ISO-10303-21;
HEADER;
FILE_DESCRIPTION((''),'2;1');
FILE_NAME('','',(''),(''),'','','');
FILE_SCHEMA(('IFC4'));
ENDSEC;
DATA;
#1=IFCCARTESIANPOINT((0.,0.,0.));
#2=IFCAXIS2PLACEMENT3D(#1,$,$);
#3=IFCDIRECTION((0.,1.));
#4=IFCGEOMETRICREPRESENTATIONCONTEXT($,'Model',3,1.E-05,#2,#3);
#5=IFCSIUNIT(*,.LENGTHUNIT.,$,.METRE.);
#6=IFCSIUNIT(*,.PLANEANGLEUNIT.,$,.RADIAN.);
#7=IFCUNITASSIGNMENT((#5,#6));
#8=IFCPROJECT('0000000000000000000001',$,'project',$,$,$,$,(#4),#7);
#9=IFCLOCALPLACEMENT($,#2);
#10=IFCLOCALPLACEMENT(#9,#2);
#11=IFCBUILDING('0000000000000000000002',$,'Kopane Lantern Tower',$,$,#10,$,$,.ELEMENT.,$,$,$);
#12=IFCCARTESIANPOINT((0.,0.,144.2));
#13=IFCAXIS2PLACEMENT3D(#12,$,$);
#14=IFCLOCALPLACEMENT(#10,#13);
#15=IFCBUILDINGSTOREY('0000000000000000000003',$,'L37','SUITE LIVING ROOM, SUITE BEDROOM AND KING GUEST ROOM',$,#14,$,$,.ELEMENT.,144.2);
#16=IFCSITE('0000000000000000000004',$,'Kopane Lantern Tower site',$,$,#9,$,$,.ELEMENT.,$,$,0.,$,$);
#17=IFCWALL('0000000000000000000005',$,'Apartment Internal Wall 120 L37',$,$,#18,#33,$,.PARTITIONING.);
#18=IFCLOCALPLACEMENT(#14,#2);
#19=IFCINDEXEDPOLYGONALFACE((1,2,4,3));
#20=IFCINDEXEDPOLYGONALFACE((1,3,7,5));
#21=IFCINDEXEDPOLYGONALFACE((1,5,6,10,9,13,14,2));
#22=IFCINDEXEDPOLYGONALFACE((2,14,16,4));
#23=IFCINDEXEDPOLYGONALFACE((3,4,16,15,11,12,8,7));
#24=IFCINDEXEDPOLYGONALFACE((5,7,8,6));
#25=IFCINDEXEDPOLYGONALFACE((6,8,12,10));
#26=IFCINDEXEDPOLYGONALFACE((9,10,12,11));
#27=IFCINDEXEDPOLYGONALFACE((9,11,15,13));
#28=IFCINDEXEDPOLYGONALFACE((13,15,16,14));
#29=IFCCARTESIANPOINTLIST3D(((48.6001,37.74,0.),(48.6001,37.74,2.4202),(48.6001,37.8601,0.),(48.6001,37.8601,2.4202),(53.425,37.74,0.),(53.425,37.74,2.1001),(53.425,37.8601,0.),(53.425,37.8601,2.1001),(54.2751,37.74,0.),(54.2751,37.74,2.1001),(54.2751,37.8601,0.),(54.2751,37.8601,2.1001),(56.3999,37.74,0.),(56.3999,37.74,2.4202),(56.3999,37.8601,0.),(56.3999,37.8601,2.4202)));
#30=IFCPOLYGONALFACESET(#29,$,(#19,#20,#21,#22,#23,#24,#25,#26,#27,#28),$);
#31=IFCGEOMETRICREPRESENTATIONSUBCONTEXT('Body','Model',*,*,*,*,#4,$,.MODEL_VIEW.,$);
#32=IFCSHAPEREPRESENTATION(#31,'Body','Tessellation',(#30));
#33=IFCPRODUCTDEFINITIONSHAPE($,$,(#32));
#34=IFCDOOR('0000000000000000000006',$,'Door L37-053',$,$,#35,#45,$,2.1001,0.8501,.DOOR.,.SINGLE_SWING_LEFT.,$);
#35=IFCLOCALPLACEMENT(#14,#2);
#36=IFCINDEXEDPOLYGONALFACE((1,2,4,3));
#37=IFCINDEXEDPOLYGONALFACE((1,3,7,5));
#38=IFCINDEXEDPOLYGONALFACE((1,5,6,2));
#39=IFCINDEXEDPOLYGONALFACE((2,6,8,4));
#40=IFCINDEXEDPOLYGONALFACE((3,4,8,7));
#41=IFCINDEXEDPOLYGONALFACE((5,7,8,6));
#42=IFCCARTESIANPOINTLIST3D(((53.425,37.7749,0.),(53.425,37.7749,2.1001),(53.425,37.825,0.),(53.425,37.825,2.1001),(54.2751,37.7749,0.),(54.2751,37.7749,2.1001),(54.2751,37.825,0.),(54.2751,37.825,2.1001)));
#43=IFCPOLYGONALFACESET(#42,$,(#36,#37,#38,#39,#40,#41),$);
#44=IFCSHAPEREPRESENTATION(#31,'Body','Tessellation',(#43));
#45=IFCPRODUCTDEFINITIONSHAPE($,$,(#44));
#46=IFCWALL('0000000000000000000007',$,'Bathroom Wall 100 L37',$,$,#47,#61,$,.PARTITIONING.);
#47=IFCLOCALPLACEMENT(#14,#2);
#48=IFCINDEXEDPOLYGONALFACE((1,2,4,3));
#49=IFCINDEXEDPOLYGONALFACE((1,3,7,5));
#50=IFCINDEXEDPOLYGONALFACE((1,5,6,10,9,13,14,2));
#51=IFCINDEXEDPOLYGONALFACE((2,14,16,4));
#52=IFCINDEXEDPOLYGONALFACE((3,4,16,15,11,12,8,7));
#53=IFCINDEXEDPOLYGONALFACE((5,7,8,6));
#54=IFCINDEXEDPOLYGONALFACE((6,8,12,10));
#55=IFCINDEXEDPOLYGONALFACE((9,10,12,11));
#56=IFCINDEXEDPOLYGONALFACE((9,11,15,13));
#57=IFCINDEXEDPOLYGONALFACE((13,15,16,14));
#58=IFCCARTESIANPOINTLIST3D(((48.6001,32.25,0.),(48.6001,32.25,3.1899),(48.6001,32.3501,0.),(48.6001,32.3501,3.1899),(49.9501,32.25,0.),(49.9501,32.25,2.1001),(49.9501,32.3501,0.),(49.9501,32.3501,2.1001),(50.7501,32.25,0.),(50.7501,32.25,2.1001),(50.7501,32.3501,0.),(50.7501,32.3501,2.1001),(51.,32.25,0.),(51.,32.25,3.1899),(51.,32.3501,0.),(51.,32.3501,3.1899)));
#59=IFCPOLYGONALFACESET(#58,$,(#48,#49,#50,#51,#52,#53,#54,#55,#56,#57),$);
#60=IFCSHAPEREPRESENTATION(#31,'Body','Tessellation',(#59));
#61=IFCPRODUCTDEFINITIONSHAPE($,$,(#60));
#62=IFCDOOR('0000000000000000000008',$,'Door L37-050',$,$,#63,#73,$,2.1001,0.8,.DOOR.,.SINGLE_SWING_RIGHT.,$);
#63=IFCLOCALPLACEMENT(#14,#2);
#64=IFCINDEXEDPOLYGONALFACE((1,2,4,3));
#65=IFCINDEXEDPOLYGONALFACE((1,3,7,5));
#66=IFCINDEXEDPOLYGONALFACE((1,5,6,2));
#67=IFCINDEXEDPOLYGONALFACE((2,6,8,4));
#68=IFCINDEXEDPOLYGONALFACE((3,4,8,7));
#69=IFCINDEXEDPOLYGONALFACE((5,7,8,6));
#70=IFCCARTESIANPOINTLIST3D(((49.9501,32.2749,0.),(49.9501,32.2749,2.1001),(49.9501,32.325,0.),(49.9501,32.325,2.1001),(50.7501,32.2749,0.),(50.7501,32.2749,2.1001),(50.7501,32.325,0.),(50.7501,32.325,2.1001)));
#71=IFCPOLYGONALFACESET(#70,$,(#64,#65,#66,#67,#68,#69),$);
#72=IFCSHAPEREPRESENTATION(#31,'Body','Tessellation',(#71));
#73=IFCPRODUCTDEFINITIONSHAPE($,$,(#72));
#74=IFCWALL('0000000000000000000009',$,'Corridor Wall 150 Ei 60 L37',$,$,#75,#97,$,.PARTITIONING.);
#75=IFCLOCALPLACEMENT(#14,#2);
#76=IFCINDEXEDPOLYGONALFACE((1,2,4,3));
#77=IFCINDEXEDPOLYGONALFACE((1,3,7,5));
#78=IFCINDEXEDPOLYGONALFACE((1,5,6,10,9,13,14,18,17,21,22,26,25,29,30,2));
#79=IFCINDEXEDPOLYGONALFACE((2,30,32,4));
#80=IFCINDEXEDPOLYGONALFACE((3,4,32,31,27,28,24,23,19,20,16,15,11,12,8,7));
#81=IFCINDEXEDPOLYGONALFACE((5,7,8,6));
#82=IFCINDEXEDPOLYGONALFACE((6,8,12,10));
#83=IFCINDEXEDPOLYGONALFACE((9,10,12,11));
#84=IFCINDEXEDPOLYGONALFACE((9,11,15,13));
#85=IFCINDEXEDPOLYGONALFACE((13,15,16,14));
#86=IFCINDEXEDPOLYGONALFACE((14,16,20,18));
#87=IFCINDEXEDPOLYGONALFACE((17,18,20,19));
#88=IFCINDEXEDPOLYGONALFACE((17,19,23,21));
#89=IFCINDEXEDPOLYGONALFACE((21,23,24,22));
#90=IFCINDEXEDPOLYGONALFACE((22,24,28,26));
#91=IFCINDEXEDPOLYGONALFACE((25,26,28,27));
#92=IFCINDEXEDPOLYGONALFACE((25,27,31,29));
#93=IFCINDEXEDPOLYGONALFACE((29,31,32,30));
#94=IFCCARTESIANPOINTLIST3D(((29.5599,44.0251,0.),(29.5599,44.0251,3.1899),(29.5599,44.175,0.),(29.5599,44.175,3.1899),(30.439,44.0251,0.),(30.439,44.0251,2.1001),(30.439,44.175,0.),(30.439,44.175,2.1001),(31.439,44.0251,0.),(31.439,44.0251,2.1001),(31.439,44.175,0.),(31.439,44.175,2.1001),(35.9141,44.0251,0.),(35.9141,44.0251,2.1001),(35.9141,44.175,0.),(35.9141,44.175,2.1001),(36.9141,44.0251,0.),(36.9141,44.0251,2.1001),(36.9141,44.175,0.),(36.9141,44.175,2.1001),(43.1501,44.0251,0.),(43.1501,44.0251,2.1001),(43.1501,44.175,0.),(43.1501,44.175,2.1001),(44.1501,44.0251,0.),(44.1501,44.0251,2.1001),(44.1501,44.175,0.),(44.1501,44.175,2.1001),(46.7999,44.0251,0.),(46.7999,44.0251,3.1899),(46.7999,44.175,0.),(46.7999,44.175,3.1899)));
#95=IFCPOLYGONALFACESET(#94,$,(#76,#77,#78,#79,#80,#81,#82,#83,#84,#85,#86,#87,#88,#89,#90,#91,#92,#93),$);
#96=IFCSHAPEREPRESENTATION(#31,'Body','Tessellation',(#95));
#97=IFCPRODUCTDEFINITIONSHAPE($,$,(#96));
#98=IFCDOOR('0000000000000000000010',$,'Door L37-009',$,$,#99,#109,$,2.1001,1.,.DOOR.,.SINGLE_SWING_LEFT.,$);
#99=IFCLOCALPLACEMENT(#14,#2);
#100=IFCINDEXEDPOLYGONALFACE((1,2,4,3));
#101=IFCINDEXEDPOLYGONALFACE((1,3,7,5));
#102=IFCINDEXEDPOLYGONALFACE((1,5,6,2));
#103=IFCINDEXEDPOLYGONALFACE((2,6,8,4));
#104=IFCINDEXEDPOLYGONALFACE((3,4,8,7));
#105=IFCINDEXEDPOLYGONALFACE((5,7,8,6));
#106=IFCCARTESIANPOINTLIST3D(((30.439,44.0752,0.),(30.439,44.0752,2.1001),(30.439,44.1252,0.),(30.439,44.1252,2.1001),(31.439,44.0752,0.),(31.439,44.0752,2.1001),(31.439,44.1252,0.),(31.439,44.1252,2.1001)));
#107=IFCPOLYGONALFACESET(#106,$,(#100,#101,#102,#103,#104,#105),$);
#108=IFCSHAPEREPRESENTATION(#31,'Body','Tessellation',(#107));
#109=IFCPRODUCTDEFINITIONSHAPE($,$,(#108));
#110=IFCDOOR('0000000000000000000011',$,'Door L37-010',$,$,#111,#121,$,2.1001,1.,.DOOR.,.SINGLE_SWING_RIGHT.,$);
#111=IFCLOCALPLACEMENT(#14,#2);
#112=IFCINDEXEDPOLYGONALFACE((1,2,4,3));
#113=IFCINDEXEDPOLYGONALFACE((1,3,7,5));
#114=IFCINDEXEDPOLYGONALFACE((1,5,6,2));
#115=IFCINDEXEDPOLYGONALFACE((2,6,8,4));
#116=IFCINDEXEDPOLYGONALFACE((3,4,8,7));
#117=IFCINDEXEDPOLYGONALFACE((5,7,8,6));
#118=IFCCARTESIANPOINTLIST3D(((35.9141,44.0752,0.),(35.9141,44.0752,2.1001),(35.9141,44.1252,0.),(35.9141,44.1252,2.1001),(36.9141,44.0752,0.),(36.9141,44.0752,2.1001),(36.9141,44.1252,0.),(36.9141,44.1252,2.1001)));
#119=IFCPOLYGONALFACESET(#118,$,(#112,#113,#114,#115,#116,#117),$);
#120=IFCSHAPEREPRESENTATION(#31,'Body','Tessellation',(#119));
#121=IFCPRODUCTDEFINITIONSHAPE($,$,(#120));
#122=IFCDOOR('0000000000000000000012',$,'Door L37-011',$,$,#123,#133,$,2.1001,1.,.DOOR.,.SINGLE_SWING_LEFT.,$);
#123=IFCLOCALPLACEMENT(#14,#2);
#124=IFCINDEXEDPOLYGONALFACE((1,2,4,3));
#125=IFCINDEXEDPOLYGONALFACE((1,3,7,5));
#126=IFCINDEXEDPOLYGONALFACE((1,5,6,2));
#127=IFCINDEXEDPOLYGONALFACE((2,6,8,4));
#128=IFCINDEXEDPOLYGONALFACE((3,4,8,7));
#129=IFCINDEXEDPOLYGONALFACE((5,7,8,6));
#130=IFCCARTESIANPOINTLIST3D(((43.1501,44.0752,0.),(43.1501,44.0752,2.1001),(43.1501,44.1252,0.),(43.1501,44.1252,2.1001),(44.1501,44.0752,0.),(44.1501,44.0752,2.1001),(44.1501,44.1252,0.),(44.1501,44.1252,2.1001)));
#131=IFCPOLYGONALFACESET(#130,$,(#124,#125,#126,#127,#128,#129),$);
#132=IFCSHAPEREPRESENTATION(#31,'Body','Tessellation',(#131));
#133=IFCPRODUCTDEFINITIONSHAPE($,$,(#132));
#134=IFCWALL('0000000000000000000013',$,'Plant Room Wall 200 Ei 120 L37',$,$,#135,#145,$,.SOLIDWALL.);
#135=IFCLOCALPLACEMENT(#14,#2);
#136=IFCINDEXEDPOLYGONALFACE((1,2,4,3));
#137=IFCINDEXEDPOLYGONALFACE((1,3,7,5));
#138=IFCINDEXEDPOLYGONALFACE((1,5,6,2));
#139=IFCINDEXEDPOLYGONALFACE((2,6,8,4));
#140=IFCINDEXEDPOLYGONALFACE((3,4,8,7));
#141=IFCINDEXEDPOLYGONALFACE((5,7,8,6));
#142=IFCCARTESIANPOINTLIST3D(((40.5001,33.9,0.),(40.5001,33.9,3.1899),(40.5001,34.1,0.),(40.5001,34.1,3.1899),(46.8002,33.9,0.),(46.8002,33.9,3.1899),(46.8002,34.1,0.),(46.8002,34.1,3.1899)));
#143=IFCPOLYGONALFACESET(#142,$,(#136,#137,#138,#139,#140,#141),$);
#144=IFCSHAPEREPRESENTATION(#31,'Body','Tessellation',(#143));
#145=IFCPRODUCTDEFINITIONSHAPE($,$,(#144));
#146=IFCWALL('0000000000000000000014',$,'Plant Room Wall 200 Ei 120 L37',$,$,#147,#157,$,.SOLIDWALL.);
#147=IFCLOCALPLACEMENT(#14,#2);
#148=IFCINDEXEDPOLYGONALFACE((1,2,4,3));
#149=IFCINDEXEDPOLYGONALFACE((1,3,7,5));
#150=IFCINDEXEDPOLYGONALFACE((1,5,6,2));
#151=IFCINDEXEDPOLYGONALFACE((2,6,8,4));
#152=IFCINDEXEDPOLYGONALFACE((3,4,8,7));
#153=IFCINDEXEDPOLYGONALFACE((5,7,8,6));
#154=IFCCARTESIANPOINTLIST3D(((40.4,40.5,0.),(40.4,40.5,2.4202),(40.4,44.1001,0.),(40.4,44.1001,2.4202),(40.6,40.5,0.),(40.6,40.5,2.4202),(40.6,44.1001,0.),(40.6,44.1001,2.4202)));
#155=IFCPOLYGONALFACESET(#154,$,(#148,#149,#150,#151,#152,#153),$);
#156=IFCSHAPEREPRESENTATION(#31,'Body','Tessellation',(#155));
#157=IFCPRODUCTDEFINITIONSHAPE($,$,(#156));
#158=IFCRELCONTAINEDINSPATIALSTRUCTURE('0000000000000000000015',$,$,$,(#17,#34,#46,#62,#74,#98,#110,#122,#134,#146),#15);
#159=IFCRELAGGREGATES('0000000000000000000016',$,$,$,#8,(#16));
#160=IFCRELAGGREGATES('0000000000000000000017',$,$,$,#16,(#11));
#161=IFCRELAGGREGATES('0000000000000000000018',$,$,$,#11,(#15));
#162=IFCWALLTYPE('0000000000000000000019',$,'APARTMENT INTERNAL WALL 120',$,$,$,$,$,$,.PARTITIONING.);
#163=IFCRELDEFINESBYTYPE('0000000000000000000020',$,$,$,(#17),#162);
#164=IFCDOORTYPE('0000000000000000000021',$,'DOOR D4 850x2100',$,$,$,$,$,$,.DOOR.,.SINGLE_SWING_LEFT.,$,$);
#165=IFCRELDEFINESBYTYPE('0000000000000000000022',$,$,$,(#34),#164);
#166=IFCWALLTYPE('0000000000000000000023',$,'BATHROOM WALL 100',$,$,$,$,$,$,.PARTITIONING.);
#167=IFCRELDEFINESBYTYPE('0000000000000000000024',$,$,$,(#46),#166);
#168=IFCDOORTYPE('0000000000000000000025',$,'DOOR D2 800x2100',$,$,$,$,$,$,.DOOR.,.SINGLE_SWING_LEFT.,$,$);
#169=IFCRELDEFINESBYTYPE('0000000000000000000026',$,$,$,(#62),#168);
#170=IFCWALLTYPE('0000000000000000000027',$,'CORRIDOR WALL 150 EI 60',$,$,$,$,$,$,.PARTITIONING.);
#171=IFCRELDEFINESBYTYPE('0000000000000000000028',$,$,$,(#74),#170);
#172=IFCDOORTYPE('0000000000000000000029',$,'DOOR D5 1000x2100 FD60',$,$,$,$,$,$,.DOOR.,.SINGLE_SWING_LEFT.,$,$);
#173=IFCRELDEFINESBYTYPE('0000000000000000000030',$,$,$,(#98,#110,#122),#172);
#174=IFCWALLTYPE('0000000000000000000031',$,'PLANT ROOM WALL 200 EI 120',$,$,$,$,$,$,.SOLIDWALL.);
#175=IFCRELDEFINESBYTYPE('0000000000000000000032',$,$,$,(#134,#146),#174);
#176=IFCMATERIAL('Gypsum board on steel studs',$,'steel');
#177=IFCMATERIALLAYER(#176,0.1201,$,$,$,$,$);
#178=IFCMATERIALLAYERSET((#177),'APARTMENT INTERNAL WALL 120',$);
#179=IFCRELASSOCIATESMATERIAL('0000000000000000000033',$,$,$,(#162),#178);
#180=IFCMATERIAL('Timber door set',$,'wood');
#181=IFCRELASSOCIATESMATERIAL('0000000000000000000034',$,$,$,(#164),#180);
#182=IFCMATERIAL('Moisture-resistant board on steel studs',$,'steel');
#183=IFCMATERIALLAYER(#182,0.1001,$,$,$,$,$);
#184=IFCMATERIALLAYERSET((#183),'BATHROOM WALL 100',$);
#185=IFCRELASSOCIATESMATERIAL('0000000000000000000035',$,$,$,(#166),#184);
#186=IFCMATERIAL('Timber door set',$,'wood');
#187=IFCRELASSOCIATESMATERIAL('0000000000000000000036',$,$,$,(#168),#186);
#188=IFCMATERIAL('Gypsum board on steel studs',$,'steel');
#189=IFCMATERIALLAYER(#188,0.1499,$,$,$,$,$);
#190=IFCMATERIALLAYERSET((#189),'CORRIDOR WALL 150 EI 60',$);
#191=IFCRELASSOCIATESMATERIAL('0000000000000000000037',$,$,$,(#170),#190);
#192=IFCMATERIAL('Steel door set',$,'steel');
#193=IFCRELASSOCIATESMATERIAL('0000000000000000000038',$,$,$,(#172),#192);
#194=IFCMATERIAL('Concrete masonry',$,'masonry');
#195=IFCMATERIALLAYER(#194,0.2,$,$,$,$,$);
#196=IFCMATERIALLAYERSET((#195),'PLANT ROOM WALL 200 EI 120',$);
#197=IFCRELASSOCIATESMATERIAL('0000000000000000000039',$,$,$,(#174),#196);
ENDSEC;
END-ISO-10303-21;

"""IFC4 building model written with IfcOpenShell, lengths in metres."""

from ifc_helpers import new_model, si_unit, direction, frame, frame_2d, origin, place, context, subcontext, project, spatial, rectangle, extrude, material, layer, layer_set, type_object, element, fill, save


model = new_model("IFC4")

# Units and contexts
model_context = context("Model", 3, precision=1e-05, world=origin(), true_north=direction((0.0, 1.0)))
body_context = subcontext(model_context, "Body", "Model", "MODEL_VIEW")
ifc_project = project(units=[si_unit("LENGTHUNIT", "METRE"), si_unit("PLANEANGLEUNIT", "RADIAN")], contexts=[model_context])

# Site, building, storey
site_placement = place(None, origin())
site = spatial("IfcSite", under=ifc_project, at=site_placement, Name="Kopane Lantern Tower site", CompositionType="ELEMENT", RefElevation=0.0)
building_placement = place(site_placement, origin())
building = spatial("IfcBuilding", under=site, at=building_placement, Name="Kopane Lantern Tower", CompositionType="ELEMENT")
storey_placement = place(building_placement, frame((0.0, 0.0, 144.2)))
storey = spatial("IfcBuildingStorey", under=building, at=storey_placement, Name="L37", Description="SUITE LIVING ROOM, SUITE BEDROOM AND KING GUEST ROOM", CompositionType="ELEMENT", Elevation=144.2)

# Walls, openings, doors
ifc_material_1 = material(Name="Gypsum board on steel studs", Category="steel")
ifc_layer_1 = layer(ifc_material_1, 0.1201)
ifc_layer_set_1 = layer_set([ifc_layer_1], Name="APARTMENT INTERNAL WALL 120")
wall_type_1 = type_object("IfcWallType", Name="APARTMENT INTERNAL WALL 120", PredefinedType="PARTITIONING", material=ifc_layer_set_1)
ifc_material_2 = material(Name="Timber door set", Category="wood")
door_type_1 = type_object("IfcDoorType", Name="DOOR D4 850x2100", OperationType="SINGLE_SWING_LEFT", PredefinedType="DOOR", material=ifc_material_2)
wall_1_placement = place(storey_placement, frame((48.6001, 37.8, 0.0), z_axis=(0.0, 0.0, 1.0), x_axis=(1.0, 0.0, 0.0)))
wall_1 = element("IfcWall", 1, at=wall_1_placement, inside=storey, type_object=wall_type_1, Name="Apartment Internal Wall 120 L37", PredefinedType="PARTITIONING", context=body_context, shape_type="SweptSolid", body=[
    extrude(rectangle(XDim=7.7998, YDim=0.1201, at=frame_2d((3.8999, 0.0))), origin(), (0.0, 0.0, 1.0), 2.4202),
])
opening_1_placement = place(wall_1_placement, frame((4.825, 0.0, 0.0)))
opening_1 = element("IfcOpeningElement", 2, at=opening_1_placement, cuts=wall_1, PredefinedType="OPENING", context=body_context, shape_type="SweptSolid", body=[
    extrude(rectangle(XDim=0.8501, YDim=2.1001, at=frame_2d((0.425, 1.05))), frame((0.0, 0.0701, 0.0), z_axis=(0.0, -1.0, 0.0), x_axis=(1.0, 0.0, 0.0)), (0.0, 0.0, 1.0), 0.1401),
])
door_1_placement = place(opening_1_placement, origin())
door_1 = element("IfcDoor", 3, at=door_1_placement, inside=storey, type_object=door_type_1, Name="Door L37-053", OperationType="SINGLE_SWING_LEFT", OverallHeight=2.1001, OverallWidth=0.8501, PredefinedType="DOOR", context=body_context, shape_type="SweptSolid", body=[
    extrude(rectangle(XDim=0.8501, YDim=2.1001, at=frame_2d((0.425, 1.05))), frame((0.0, 0.0249, 0.0), z_axis=(0.0, -1.0, 0.0), x_axis=(1.0, 0.0, 0.0)), (0.0, 0.0, 1.0), 0.05),
])
fill(opening_1, door_1)
ifc_material_3 = material(Name="Moisture-resistant board on steel studs", Category="steel")
ifc_layer_2 = layer(ifc_material_3, 0.1001)
ifc_layer_set_2 = layer_set([ifc_layer_2], Name="BATHROOM WALL 100")
wall_type_2 = type_object("IfcWallType", Name="BATHROOM WALL 100", PredefinedType="PARTITIONING", material=ifc_layer_set_2)
wall_2_placement = place(storey_placement, frame((48.6001, 32.3, 0.0), z_axis=(0.0, 0.0, 1.0), x_axis=(1.0, 0.0, 0.0)))
wall_2 = element("IfcWall", 4, at=wall_2_placement, inside=storey, type_object=wall_type_2, Name="Bathroom Wall 100 L37", PredefinedType="PARTITIONING", context=body_context, shape_type="SweptSolid", body=[
    extrude(rectangle(XDim=2.3999, YDim=0.1001, at=frame_2d((1.2, 0.0))), origin(), (0.0, 0.0, 1.0), 3.1899),
])
opening_2_placement = place(wall_2_placement, frame((1.3501, 0.0, 0.0)))
opening_2 = element("IfcOpeningElement", 5, at=opening_2_placement, cuts=wall_2, PredefinedType="OPENING", context=body_context, shape_type="SweptSolid", body=[
    extrude(rectangle(XDim=0.8, YDim=2.1001, at=frame_2d((0.3999, 1.05))), frame((0.0, 0.0601, 0.0), z_axis=(0.0, -1.0, 0.0), x_axis=(1.0, 0.0, 0.0)), (0.0, 0.0, 1.0), 0.1201),
])
ifc_material_4 = material(Name="Timber door set", Category="wood")
door_type_2 = type_object("IfcDoorType", Name="DOOR D2 800x2100", OperationType="SINGLE_SWING_LEFT", PredefinedType="DOOR", material=ifc_material_4)
door_2_placement = place(opening_2_placement, origin())
door_2 = element("IfcDoor", 6, at=door_2_placement, inside=storey, type_object=door_type_2, Name="Door L37-050", OperationType="SINGLE_SWING_RIGHT", OverallHeight=2.1001, OverallWidth=0.8, PredefinedType="DOOR", context=body_context, shape_type="SweptSolid", body=[
    extrude(rectangle(XDim=0.8, YDim=2.1001, at=frame_2d((0.3999, 1.05))), frame((0.0, 0.0249, 0.0), z_axis=(0.0, -1.0, 0.0), x_axis=(1.0, 0.0, 0.0)), (0.0, 0.0, 1.0), 0.05),
])
fill(opening_2, door_2)

# Wall, openings, doors
ifc_material_5 = material(Name="Gypsum board on steel studs", Category="steel")
ifc_layer_3 = layer(ifc_material_5, 0.1499)
ifc_layer_set_3 = layer_set([ifc_layer_3], Name="CORRIDOR WALL 150 EI 60")
wall_type_3 = type_object("IfcWallType", Name="CORRIDOR WALL 150 EI 60", PredefinedType="PARTITIONING", material=ifc_layer_set_3)
wall_3_placement = place(storey_placement, frame((46.8, 44.1001, 0.0), z_axis=(0.0, 0.0, 1.0), x_axis=(-1.0, 0.0, 0.0)))
wall_3 = element("IfcWall", 7, at=wall_3_placement, inside=storey, type_object=wall_type_3, Name="Corridor Wall 150 Ei 60 L37", PredefinedType="PARTITIONING", context=body_context, shape_type="SweptSolid", body=[
    extrude(rectangle(XDim=17.24, YDim=0.1499, at=frame_2d((8.6201, 0.0))), origin(), (0.0, 0.0, 1.0), 3.1899),
])
opening_3_placement = place(wall_3_placement, frame((15.3611, 0.0, 0.0)))
opening_3 = element("IfcOpeningElement", 8, at=opening_3_placement, cuts=wall_3, PredefinedType="OPENING", context=body_context, shape_type="SweptSolid", body=[
    extrude(rectangle(XDim=1.0, YDim=2.1001, at=frame_2d((0.5, 1.05))), frame((0.0, 0.085, 0.0), z_axis=(0.0, -1.0, 0.0), x_axis=(1.0, 0.0, 0.0)), (0.0, 0.0, 1.0), 0.1699),
])
opening_4_placement = place(wall_3_placement, frame((9.886, 0.0, 0.0)))
opening_4 = element("IfcOpeningElement", 9, at=opening_4_placement, cuts=wall_3, PredefinedType="OPENING", context=body_context, shape_type="SweptSolid", body=[
    extrude(rectangle(XDim=1.0, YDim=2.1001, at=frame_2d((0.5, 1.05))), frame((0.0, 0.085, 0.0), z_axis=(0.0, -1.0, 0.0), x_axis=(1.0, 0.0, 0.0)), (0.0, 0.0, 1.0), 0.1699),
])
opening_5_placement = place(wall_3_placement, frame((2.6499, 0.0, 0.0)))
opening_5 = element("IfcOpeningElement", 10, at=opening_5_placement, cuts=wall_3, PredefinedType="OPENING", context=body_context, shape_type="SweptSolid", body=[
    extrude(rectangle(XDim=1.0, YDim=2.1001, at=frame_2d((0.5, 1.05))), frame((0.0, 0.085, 0.0), z_axis=(0.0, -1.0, 0.0), x_axis=(1.0, 0.0, 0.0)), (0.0, 0.0, 1.0), 0.1699),
])
ifc_material_6 = material(Name="Steel door set", Category="steel")
door_type_3 = type_object("IfcDoorType", Name="DOOR D5 1000x2100 FD60", OperationType="SINGLE_SWING_LEFT", PredefinedType="DOOR", material=ifc_material_6)
door_3_placement = place(opening_3_placement, origin())
door_3 = element("IfcDoor", 11, at=door_3_placement, inside=storey, type_object=door_type_3, Name="Door L37-009", OperationType="SINGLE_SWING_LEFT", OverallHeight=2.1001, OverallWidth=1.0, PredefinedType="DOOR", context=body_context, shape_type="SweptSolid", body=[
    extrude(rectangle(XDim=1.0, YDim=2.1001, at=frame_2d((0.5, 1.05))), frame((0.0, 0.0249, 0.0), z_axis=(0.0, -1.0, 0.0), x_axis=(1.0, 0.0, 0.0)), (0.0, 0.0, 1.0), 0.05),
])
fill(opening_3, door_3)
door_4_placement = place(opening_4_placement, origin())
door_4 = element("IfcDoor", 12, at=door_4_placement, inside=storey, type_object=door_type_3, Name="Door L37-010", OperationType="SINGLE_SWING_RIGHT", OverallHeight=2.1001, OverallWidth=1.0, PredefinedType="DOOR", context=body_context, shape_type="SweptSolid", body=[
    extrude(rectangle(XDim=1.0, YDim=2.1001, at=frame_2d((0.5, 1.05))), frame((0.0, 0.0249, 0.0), z_axis=(0.0, -1.0, 0.0), x_axis=(1.0, 0.0, 0.0)), (0.0, 0.0, 1.0), 0.05),
])
fill(opening_4, door_4)
door_5_placement = place(opening_5_placement, origin())
door_5 = element("IfcDoor", 13, at=door_5_placement, inside=storey, type_object=door_type_3, Name="Door L37-011", OperationType="SINGLE_SWING_LEFT", OverallHeight=2.1001, OverallWidth=1.0, PredefinedType="DOOR", context=body_context, shape_type="SweptSolid", body=[
    extrude(rectangle(XDim=1.0, YDim=2.1001, at=frame_2d((0.5, 1.05))), frame((0.0, 0.0249, 0.0), z_axis=(0.0, -1.0, 0.0), x_axis=(1.0, 0.0, 0.0)), (0.0, 0.0, 1.0), 0.05),
])
fill(opening_5, door_5)

# Walls
ifc_material_7 = material(Name="Concrete masonry", Category="masonry")
ifc_layer_4 = layer(ifc_material_7, 0.2)
ifc_layer_set_4 = layer_set([ifc_layer_4], Name="PLANT ROOM WALL 200 EI 120")
wall_type_4 = type_object("IfcWallType", Name="PLANT ROOM WALL 200 EI 120", PredefinedType="SOLIDWALL", material=ifc_layer_set_4)
wall_4_placement = place(storey_placement, frame((46.8, 34.0, 0.0), z_axis=(0.0, 0.0, 1.0), x_axis=(-1.0, 0.0, 0.0)))
element("IfcWall", 14, at=wall_4_placement, inside=storey, type_object=wall_type_4, Name="Plant Room Wall 200 Ei 120 L37", PredefinedType="SOLIDWALL", context=body_context, shape_type="SweptSolid", body=[
    extrude(rectangle(XDim=6.3, YDim=0.2, at=frame_2d((3.1499, 0.0))), origin(), (0.0, 0.0, 1.0), 3.1899),
])
wall_5_placement = place(storey_placement, frame((40.5, 40.5, 0.0), z_axis=(0.0, 0.0, 1.0), x_axis=(0.0, 1.0, 0.0)))
element("IfcWall", 15, at=wall_5_placement, inside=storey, type_object=wall_type_4, Name="Plant Room Wall 200 Ei 120 L37", PredefinedType="SOLIDWALL", context=body_context, shape_type="SweptSolid", body=[
    extrude(rectangle(XDim=3.6001, YDim=0.2, at=frame_2d((1.8, 0.0))), origin(), (0.0, 0.0, 1.0), 2.4202),
])

save(model, "model.ifc")
